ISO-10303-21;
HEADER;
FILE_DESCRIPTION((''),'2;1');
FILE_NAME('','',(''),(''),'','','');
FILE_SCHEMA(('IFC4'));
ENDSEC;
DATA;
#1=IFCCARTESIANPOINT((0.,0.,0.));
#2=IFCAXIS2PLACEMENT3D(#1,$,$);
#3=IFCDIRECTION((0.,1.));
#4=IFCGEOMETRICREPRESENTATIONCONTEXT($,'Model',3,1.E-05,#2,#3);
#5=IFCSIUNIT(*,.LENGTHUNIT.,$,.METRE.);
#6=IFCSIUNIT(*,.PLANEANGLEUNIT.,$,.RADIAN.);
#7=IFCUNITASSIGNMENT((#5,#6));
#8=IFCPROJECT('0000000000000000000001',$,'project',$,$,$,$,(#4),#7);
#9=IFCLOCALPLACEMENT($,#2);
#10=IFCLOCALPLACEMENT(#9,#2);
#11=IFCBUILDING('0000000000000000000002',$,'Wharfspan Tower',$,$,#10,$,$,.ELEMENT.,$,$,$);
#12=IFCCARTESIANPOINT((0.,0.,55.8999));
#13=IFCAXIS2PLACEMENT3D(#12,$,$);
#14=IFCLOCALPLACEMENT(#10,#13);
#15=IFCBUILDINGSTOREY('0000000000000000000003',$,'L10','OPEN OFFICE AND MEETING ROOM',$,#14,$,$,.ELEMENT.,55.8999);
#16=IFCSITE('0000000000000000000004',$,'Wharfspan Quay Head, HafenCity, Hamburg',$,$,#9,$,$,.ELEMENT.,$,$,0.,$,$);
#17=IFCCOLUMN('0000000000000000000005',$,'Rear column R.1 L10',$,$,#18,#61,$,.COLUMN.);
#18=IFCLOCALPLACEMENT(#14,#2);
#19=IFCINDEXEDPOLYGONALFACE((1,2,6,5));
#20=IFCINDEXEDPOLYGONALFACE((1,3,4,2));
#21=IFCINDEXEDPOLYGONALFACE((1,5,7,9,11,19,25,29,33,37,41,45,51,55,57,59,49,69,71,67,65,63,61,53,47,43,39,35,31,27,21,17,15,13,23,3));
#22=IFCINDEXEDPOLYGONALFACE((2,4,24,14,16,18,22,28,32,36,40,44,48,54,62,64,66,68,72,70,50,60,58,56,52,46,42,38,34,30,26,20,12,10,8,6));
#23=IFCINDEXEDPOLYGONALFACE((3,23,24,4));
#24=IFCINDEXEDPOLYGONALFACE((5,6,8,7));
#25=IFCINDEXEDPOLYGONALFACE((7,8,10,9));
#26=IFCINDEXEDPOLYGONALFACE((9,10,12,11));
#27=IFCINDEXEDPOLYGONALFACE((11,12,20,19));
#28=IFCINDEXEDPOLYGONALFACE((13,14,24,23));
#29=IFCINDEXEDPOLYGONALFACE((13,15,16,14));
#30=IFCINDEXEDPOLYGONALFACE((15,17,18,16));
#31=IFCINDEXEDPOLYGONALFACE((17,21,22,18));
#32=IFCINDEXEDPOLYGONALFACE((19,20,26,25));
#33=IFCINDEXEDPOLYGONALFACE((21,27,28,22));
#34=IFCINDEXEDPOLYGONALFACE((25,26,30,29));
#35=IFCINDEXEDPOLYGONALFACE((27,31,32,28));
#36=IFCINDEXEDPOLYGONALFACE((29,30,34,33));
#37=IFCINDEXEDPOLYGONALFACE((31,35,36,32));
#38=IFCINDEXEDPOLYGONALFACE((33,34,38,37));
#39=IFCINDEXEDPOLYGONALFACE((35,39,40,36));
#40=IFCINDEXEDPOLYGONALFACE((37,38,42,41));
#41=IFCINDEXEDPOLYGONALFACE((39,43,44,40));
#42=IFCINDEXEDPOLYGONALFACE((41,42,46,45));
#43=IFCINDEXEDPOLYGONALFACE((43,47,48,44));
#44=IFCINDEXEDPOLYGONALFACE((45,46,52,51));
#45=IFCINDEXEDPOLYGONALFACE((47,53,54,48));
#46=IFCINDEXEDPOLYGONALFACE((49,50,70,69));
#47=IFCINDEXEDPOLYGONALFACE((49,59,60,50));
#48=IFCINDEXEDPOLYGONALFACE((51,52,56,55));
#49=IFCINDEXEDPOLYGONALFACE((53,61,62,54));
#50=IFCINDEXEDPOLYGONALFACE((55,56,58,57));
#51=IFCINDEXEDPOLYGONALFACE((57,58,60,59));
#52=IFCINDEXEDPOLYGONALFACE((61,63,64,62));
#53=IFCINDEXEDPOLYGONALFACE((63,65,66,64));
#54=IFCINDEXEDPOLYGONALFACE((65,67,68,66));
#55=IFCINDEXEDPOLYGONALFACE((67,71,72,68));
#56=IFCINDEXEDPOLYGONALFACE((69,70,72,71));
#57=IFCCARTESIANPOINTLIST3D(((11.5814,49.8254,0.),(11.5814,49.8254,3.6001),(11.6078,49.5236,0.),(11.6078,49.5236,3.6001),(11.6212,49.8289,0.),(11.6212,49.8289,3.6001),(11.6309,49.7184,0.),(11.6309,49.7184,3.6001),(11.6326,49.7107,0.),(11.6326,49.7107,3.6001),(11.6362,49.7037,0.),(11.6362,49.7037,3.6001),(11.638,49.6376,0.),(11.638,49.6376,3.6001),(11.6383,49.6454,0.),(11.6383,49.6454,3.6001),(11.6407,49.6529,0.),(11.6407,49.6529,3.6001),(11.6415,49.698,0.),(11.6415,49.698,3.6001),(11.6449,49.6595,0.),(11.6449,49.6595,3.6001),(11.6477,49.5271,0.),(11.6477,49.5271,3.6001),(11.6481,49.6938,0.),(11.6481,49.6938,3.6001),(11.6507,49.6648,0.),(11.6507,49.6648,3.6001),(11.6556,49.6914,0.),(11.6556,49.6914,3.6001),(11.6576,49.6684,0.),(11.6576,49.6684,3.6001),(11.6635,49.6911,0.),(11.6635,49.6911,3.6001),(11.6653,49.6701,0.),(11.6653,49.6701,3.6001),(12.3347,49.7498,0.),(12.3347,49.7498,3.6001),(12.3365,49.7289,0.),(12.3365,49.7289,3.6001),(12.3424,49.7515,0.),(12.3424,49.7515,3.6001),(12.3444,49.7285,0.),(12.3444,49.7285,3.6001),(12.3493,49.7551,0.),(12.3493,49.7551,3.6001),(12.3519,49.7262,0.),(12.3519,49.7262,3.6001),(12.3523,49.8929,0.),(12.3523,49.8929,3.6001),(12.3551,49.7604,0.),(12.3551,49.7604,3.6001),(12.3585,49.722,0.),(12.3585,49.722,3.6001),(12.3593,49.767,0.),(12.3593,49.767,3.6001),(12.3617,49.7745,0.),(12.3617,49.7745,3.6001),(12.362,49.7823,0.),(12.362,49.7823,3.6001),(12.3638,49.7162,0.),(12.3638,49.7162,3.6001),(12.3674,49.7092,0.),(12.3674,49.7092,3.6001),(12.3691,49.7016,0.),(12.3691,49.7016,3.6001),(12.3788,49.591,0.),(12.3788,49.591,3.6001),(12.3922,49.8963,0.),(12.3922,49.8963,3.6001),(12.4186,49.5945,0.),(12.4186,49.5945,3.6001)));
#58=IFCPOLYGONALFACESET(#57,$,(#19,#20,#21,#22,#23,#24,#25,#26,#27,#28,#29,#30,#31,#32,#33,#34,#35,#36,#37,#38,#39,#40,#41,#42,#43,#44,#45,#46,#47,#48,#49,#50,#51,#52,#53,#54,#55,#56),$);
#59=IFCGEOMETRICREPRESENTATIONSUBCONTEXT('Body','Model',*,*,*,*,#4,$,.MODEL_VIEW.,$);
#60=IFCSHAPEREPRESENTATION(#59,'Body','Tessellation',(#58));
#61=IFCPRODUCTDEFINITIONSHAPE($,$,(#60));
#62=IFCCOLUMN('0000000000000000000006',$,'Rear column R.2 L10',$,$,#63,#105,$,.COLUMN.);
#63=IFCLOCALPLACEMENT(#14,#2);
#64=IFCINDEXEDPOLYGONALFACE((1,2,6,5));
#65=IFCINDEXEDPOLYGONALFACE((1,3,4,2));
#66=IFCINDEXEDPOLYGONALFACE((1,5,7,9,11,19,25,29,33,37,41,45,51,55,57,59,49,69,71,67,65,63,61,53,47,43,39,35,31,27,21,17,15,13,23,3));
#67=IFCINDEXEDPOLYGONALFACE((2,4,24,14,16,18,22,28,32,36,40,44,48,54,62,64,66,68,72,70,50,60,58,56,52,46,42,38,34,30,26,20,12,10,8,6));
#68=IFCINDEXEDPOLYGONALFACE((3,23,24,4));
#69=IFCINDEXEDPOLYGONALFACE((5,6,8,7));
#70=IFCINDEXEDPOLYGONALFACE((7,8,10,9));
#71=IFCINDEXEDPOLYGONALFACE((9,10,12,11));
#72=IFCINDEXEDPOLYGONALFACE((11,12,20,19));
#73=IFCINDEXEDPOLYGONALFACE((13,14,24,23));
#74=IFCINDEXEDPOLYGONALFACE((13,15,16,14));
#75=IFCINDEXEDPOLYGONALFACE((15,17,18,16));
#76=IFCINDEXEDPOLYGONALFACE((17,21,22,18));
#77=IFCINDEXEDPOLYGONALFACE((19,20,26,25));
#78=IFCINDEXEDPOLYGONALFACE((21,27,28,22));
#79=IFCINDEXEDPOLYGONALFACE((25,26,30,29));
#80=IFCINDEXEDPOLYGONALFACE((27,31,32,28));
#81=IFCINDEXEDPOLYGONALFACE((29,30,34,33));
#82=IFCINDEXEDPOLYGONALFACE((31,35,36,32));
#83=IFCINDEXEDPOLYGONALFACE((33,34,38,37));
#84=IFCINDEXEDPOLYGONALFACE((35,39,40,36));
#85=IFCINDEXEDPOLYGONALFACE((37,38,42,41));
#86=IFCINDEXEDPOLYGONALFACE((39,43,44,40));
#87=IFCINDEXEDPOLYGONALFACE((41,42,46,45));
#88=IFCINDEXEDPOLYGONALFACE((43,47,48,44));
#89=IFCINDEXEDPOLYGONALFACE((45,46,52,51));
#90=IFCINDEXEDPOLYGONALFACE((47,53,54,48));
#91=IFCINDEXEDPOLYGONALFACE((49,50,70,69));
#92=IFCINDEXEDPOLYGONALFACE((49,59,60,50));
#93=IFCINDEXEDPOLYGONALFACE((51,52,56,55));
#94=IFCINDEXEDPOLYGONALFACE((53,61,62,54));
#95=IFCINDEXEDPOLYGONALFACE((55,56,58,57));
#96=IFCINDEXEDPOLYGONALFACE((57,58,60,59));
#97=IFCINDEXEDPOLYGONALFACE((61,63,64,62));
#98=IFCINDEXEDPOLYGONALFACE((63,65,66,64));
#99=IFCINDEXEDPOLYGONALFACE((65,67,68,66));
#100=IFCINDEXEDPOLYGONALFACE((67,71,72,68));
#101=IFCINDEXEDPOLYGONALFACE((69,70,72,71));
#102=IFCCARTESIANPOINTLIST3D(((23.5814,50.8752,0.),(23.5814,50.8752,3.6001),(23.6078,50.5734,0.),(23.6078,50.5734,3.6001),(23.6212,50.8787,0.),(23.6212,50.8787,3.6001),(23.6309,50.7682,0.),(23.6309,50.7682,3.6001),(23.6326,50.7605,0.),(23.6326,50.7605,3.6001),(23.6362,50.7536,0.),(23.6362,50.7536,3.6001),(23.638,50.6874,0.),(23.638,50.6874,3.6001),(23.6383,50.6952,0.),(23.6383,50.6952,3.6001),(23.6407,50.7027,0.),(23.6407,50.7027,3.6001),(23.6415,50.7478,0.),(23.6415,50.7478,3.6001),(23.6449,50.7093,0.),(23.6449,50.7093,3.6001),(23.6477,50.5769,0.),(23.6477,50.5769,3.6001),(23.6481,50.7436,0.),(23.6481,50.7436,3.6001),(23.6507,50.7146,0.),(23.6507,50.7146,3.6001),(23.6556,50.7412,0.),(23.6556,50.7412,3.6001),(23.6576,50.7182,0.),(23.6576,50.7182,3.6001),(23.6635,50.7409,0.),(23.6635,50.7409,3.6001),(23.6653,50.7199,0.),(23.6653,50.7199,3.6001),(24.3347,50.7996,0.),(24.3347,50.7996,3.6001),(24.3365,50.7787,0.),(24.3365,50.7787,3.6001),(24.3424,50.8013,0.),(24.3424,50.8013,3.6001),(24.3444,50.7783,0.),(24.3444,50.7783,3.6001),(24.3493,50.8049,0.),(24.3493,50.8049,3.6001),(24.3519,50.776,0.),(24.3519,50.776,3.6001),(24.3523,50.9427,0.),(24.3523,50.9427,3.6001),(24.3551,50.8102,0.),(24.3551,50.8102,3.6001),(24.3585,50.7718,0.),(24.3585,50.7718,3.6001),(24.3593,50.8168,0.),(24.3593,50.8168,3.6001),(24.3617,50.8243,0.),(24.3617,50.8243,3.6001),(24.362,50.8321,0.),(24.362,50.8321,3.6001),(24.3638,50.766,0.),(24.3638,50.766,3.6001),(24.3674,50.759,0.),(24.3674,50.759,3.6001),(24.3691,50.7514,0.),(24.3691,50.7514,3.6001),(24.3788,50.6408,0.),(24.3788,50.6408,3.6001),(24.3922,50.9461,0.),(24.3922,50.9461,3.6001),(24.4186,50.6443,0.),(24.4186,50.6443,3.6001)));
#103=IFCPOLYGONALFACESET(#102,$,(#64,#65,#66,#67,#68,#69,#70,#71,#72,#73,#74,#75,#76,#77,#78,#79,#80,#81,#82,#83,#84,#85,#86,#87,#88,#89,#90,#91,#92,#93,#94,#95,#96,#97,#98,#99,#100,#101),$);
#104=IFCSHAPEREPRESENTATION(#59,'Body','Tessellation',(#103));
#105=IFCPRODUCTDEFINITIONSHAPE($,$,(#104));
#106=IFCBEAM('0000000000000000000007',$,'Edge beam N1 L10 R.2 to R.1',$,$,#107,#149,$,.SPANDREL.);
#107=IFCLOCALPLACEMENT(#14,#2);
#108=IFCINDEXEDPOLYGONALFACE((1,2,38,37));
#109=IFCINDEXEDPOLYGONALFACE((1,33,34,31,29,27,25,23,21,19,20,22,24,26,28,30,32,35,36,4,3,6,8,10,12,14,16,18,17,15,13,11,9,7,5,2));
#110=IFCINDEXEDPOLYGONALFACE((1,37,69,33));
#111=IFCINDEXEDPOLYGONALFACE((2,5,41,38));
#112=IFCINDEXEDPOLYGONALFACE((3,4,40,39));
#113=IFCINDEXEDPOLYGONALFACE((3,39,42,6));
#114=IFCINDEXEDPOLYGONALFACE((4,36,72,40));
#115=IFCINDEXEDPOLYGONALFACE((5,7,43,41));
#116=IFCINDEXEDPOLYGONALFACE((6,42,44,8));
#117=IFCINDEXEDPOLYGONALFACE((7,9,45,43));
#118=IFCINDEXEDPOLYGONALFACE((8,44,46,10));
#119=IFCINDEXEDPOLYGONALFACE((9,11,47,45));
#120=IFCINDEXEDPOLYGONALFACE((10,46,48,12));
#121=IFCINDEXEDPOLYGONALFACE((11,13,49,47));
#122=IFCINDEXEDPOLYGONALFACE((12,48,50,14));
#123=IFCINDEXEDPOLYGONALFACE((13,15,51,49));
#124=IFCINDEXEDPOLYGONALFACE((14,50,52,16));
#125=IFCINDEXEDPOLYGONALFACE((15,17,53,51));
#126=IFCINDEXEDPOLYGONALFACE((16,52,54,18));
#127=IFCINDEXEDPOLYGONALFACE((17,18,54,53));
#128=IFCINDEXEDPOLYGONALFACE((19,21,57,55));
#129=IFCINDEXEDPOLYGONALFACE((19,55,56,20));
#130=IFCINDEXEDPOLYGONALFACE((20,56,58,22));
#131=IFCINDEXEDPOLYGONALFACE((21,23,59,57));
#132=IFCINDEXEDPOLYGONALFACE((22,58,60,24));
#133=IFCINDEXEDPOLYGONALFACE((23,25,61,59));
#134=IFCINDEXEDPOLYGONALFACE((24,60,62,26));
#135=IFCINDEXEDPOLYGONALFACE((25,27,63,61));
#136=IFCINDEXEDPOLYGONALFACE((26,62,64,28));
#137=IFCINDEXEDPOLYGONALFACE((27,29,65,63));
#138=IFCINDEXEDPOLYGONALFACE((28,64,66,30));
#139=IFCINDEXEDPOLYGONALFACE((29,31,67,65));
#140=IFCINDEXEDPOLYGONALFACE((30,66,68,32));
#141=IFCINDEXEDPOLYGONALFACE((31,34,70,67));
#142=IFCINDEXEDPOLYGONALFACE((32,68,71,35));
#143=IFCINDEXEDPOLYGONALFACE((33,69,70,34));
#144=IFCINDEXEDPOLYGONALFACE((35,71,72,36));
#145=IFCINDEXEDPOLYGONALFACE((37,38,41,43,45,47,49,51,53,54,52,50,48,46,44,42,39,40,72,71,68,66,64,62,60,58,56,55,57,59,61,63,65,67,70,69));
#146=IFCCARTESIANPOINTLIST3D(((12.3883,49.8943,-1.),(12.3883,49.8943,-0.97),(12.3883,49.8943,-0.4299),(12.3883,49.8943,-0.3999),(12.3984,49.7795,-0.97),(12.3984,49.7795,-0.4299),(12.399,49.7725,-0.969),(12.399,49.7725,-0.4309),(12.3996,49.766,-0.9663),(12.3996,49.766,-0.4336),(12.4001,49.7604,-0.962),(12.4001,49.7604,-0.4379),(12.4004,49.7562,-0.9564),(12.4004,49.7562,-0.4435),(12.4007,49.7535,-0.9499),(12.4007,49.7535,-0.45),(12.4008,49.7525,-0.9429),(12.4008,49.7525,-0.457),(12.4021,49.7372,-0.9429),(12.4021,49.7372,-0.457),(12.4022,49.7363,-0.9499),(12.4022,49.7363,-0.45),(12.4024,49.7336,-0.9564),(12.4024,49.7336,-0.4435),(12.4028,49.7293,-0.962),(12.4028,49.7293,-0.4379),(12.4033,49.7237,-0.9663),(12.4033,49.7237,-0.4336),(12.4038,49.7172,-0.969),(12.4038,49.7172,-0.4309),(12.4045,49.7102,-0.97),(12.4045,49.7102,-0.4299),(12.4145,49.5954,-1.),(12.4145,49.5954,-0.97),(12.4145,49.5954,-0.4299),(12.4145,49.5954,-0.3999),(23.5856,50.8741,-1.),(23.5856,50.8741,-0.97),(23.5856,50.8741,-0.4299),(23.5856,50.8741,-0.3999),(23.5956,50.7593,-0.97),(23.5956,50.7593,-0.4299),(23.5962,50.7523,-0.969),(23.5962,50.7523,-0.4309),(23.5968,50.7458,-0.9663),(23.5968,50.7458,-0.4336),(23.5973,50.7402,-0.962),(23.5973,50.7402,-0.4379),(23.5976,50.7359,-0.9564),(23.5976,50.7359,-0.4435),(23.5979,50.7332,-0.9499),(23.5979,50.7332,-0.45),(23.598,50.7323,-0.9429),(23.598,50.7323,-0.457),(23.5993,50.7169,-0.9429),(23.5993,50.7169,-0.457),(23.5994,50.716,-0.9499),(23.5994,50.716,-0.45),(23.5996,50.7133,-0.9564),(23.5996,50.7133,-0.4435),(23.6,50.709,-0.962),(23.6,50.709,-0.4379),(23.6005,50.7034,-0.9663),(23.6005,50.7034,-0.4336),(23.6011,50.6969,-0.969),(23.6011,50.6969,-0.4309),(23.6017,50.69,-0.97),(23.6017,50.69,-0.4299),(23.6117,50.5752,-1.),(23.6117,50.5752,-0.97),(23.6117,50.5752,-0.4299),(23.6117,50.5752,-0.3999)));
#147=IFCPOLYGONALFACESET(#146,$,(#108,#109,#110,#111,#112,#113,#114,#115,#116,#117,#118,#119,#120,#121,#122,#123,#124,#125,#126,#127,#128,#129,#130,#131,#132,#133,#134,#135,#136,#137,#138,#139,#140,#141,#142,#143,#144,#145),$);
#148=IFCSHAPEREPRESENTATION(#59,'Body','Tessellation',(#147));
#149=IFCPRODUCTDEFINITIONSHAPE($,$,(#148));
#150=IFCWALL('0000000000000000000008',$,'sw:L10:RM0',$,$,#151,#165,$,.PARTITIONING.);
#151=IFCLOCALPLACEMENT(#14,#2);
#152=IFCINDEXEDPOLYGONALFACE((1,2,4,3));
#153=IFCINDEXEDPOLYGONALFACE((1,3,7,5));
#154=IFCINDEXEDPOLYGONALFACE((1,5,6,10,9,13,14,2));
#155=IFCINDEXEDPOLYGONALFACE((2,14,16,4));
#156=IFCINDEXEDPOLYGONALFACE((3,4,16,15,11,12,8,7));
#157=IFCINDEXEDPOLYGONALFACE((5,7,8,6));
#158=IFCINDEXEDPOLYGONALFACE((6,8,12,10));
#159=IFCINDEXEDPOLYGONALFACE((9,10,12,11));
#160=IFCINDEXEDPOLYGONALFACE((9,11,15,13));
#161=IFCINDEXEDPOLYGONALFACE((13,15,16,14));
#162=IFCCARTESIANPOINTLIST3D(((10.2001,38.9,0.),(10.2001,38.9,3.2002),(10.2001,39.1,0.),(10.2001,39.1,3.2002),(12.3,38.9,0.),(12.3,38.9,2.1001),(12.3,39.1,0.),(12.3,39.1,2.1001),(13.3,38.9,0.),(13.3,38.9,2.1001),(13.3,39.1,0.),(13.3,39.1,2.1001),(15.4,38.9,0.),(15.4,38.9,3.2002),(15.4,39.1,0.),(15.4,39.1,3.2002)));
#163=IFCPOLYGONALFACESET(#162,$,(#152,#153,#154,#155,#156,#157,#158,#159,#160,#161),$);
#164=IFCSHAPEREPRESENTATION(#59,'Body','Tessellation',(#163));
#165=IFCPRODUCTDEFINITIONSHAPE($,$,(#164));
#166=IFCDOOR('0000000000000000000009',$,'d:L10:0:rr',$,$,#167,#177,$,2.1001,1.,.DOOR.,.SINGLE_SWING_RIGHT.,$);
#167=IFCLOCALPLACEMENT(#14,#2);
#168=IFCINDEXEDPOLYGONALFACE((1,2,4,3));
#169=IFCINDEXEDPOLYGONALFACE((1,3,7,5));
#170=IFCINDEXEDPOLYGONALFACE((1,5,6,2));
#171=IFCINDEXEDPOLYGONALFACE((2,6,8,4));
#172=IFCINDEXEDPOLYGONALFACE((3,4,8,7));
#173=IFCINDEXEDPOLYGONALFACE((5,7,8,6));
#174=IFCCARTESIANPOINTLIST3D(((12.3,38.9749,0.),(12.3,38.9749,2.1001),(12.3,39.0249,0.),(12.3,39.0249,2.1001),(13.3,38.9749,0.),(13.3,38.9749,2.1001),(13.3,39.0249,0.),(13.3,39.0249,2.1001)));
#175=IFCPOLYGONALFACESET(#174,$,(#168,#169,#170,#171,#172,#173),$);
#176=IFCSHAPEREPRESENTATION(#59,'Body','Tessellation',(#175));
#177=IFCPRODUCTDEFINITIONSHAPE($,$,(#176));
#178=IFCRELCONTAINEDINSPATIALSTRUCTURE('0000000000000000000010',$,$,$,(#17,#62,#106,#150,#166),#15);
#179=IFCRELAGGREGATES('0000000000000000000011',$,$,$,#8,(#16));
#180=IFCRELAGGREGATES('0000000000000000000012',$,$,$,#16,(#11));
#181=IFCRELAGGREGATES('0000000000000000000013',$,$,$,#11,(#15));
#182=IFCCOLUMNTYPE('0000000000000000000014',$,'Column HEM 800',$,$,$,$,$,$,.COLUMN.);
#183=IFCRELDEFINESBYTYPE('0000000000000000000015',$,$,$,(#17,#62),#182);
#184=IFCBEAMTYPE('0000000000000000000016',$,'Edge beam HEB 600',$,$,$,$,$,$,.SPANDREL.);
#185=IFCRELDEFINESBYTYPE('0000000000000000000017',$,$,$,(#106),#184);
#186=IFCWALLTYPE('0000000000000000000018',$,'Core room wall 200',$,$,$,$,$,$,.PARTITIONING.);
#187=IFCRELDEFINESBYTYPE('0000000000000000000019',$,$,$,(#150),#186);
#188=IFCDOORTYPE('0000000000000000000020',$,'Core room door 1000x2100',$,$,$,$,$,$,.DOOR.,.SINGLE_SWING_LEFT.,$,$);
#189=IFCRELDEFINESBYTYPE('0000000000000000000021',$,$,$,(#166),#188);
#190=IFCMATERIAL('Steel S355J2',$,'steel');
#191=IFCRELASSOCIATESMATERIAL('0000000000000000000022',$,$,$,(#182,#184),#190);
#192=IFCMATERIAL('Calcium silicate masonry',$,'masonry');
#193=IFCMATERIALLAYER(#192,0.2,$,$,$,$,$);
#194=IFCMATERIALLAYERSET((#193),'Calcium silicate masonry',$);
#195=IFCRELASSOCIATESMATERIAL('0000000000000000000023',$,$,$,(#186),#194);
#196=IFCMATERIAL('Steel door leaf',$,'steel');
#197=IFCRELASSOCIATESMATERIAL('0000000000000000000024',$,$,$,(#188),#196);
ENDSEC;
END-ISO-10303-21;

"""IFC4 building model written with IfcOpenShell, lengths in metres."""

from ifc_helpers import new_model, si_unit, direction, frame, frame_2d, origin, origin_2d, place, context, subcontext, project, spatial, rectangle, i_section, extrude, material, layer, layer_set, material_profile, profile_set, type_object, element, fill, save


model = new_model("IFC4")

# Units and contexts
model_context = context("Model", 3, precision=1e-05, world=origin(), true_north=direction((0.0, 1.0)))
body_context = subcontext(model_context, "Body", "Model", "MODEL_VIEW")
ifc_project = project(units=[si_unit("LENGTHUNIT", "METRE"), si_unit("PLANEANGLEUNIT", "RADIAN")], contexts=[model_context])

# Site, building, storey
site_placement = place(None, origin())
site = spatial("IfcSite", under=ifc_project, at=site_placement, Name="Wharfspan Quay Head, HafenCity, Hamburg", CompositionType="ELEMENT", RefElevation=0.0)
building_placement = place(site_placement, origin())
building = spatial("IfcBuilding", under=site, at=building_placement, Name="Wharfspan Tower", CompositionType="ELEMENT")
storey_placement = place(building_placement, frame((0.0, 0.0, 55.8999)))
storey = spatial("IfcBuildingStorey", under=building, at=storey_placement, Name="L10", Description="OPEN OFFICE AND MEETING ROOM", CompositionType="ELEMENT", Elevation=55.8999)

# Columns
ifc_material_1 = material(Name="Steel S355J2", Category="steel")
ifc_material_profile_1 = material_profile(ifc_material_1, i_section(OverallWidth=0.303, OverallDepth=0.814, WebThickness=0.021, FlangeThickness=0.04, FilletRadius=0.03, at=origin_2d()))
ifc_profile_set_1 = profile_set([ifc_material_profile_1], Name="Steel S355J2")
column_type = type_object("IfcColumnType", Name="Column HEM 800", PredefinedType="COLUMN", material=ifc_profile_set_1)
for number, where, z_axis, x_axis, name in (
    (1, (12.0, 49.71, 0.0), (0.0, 0.0, 1.0), (-0.087156, 0.996197, 0.0), "Rear column R.1 L10"),
    (2, (24.0, 50.7598, 0.0), (0.0, 0.0, 1.0), (-0.087156, 0.996197, 0.0), "Rear column R.2 L10"),
):
    element("IfcColumn", number, at=place(storey_placement, frame(where, z_axis=z_axis, x_axis=x_axis)), inside=storey, type_object=column_type, Name=name, PredefinedType="COLUMN", context=body_context, shape_type="SweptSolid", body=[
        extrude(i_section(OverallWidth=0.303, OverallDepth=0.814, WebThickness=0.021, FlangeThickness=0.04, FilletRadius=0.03, at=origin_2d()), origin(), (0.0, 0.0, 1.0), 3.6001),
    ])

# Beam
ifc_material_profile_2 = material_profile(ifc_material_1, i_section(OverallWidth=0.3, OverallDepth=0.6001, WebThickness=0.0154, FlangeThickness=0.03, FilletRadius=0.0271, at=origin_2d()))
ifc_profile_set_2 = profile_set([ifc_material_profile_2], Name="Steel S355J2")
beam_type = type_object("IfcBeamType", Name="Edge beam HEB 600", PredefinedType="SPANDREL", material=ifc_profile_set_2)
beam_placement = place(storey_placement, frame((23.5986, 50.7246, -0.7), z_axis=(-0.996194, -0.087165, 0.0), x_axis=(0.087165, -0.996194, 0.0)))
element("IfcBeam", 3, at=beam_placement, inside=storey, type_object=beam_type, Name="Edge beam N1 L10 R.2 to R.1", PredefinedType="SPANDREL", context=body_context, shape_type="SweptSolid", body=[
    extrude(i_section(OverallWidth=0.3, OverallDepth=0.6001, WebThickness=0.0154, FlangeThickness=0.03, FilletRadius=0.0271, at=origin_2d()), origin(), (0.0, 0.0, 1.0), 11.24),
])

# Wall, opening, door
ifc_material_2 = material(Name="Calcium silicate masonry", Category="masonry")
ifc_layer_1 = layer(ifc_material_2, 0.2)
ifc_layer_set_1 = layer_set([ifc_layer_1], Name="Calcium silicate masonry")
wall_type_1 = type_object("IfcWallType", Name="Core room wall 200", PredefinedType="PARTITIONING", material=ifc_layer_set_1)
wall_1_placement = place(storey_placement, frame((10.2, 39.0, 0.0), z_axis=(0.0, 0.0, 1.0), x_axis=(1.0, 0.0, 0.0)))
wall_1 = element("IfcWall", 4, at=wall_1_placement, inside=storey, type_object=wall_type_1, Name="sw:L10:RM0", PredefinedType="PARTITIONING", context=body_context, shape_type="SweptSolid", body=[
    extrude(rectangle(XDim=5.2, YDim=0.2, at=frame_2d((2.6001, 0.0))), origin(), (0.0, 0.0, 1.0), 3.2002),
])
opening_1_placement = place(wall_1_placement, frame((2.1001, 0.0, 0.0)))
opening_1 = element("IfcOpeningElement", 5, at=opening_1_placement, cuts=wall_1, PredefinedType="OPENING", context=body_context, shape_type="SweptSolid", body=[
    extrude(rectangle(XDim=1.0, YDim=2.1001, at=frame_2d((0.5, 1.05))), frame((0.0, 0.1099, 0.0), z_axis=(0.0, -1.0, 0.0), x_axis=(1.0, 0.0, 0.0)), (0.0, 0.0, 1.0), 0.22),
])
ifc_material_3 = material(Name="Steel door leaf", Category="steel")
door_type_1 = type_object("IfcDoorType", Name="Core room door 1000x2100", OperationType="SINGLE_SWING_LEFT", PredefinedType="DOOR", material=ifc_material_3)
door_1_placement = place(opening_1_placement, origin())
door_1 = element("IfcDoor", 6, at=door_1_placement, inside=storey, type_object=door_type_1, Name="d:L10:0:rr", OperationType="SINGLE_SWING_RIGHT", OverallHeight=2.1001, OverallWidth=1.0, PredefinedType="DOOR", context=body_context, shape_type="SweptSolid", body=[
    extrude(rectangle(XDim=1.0, YDim=2.1001, at=frame_2d((0.5, 1.05))), frame((0.0, 0.0249, 0.0), z_axis=(0.0, -1.0, 0.0), x_axis=(1.0, 0.0, 0.0)), (0.0, 0.0, 1.0), 0.05),
])
fill(opening_1, door_1)

save(model, "model.ifc")
